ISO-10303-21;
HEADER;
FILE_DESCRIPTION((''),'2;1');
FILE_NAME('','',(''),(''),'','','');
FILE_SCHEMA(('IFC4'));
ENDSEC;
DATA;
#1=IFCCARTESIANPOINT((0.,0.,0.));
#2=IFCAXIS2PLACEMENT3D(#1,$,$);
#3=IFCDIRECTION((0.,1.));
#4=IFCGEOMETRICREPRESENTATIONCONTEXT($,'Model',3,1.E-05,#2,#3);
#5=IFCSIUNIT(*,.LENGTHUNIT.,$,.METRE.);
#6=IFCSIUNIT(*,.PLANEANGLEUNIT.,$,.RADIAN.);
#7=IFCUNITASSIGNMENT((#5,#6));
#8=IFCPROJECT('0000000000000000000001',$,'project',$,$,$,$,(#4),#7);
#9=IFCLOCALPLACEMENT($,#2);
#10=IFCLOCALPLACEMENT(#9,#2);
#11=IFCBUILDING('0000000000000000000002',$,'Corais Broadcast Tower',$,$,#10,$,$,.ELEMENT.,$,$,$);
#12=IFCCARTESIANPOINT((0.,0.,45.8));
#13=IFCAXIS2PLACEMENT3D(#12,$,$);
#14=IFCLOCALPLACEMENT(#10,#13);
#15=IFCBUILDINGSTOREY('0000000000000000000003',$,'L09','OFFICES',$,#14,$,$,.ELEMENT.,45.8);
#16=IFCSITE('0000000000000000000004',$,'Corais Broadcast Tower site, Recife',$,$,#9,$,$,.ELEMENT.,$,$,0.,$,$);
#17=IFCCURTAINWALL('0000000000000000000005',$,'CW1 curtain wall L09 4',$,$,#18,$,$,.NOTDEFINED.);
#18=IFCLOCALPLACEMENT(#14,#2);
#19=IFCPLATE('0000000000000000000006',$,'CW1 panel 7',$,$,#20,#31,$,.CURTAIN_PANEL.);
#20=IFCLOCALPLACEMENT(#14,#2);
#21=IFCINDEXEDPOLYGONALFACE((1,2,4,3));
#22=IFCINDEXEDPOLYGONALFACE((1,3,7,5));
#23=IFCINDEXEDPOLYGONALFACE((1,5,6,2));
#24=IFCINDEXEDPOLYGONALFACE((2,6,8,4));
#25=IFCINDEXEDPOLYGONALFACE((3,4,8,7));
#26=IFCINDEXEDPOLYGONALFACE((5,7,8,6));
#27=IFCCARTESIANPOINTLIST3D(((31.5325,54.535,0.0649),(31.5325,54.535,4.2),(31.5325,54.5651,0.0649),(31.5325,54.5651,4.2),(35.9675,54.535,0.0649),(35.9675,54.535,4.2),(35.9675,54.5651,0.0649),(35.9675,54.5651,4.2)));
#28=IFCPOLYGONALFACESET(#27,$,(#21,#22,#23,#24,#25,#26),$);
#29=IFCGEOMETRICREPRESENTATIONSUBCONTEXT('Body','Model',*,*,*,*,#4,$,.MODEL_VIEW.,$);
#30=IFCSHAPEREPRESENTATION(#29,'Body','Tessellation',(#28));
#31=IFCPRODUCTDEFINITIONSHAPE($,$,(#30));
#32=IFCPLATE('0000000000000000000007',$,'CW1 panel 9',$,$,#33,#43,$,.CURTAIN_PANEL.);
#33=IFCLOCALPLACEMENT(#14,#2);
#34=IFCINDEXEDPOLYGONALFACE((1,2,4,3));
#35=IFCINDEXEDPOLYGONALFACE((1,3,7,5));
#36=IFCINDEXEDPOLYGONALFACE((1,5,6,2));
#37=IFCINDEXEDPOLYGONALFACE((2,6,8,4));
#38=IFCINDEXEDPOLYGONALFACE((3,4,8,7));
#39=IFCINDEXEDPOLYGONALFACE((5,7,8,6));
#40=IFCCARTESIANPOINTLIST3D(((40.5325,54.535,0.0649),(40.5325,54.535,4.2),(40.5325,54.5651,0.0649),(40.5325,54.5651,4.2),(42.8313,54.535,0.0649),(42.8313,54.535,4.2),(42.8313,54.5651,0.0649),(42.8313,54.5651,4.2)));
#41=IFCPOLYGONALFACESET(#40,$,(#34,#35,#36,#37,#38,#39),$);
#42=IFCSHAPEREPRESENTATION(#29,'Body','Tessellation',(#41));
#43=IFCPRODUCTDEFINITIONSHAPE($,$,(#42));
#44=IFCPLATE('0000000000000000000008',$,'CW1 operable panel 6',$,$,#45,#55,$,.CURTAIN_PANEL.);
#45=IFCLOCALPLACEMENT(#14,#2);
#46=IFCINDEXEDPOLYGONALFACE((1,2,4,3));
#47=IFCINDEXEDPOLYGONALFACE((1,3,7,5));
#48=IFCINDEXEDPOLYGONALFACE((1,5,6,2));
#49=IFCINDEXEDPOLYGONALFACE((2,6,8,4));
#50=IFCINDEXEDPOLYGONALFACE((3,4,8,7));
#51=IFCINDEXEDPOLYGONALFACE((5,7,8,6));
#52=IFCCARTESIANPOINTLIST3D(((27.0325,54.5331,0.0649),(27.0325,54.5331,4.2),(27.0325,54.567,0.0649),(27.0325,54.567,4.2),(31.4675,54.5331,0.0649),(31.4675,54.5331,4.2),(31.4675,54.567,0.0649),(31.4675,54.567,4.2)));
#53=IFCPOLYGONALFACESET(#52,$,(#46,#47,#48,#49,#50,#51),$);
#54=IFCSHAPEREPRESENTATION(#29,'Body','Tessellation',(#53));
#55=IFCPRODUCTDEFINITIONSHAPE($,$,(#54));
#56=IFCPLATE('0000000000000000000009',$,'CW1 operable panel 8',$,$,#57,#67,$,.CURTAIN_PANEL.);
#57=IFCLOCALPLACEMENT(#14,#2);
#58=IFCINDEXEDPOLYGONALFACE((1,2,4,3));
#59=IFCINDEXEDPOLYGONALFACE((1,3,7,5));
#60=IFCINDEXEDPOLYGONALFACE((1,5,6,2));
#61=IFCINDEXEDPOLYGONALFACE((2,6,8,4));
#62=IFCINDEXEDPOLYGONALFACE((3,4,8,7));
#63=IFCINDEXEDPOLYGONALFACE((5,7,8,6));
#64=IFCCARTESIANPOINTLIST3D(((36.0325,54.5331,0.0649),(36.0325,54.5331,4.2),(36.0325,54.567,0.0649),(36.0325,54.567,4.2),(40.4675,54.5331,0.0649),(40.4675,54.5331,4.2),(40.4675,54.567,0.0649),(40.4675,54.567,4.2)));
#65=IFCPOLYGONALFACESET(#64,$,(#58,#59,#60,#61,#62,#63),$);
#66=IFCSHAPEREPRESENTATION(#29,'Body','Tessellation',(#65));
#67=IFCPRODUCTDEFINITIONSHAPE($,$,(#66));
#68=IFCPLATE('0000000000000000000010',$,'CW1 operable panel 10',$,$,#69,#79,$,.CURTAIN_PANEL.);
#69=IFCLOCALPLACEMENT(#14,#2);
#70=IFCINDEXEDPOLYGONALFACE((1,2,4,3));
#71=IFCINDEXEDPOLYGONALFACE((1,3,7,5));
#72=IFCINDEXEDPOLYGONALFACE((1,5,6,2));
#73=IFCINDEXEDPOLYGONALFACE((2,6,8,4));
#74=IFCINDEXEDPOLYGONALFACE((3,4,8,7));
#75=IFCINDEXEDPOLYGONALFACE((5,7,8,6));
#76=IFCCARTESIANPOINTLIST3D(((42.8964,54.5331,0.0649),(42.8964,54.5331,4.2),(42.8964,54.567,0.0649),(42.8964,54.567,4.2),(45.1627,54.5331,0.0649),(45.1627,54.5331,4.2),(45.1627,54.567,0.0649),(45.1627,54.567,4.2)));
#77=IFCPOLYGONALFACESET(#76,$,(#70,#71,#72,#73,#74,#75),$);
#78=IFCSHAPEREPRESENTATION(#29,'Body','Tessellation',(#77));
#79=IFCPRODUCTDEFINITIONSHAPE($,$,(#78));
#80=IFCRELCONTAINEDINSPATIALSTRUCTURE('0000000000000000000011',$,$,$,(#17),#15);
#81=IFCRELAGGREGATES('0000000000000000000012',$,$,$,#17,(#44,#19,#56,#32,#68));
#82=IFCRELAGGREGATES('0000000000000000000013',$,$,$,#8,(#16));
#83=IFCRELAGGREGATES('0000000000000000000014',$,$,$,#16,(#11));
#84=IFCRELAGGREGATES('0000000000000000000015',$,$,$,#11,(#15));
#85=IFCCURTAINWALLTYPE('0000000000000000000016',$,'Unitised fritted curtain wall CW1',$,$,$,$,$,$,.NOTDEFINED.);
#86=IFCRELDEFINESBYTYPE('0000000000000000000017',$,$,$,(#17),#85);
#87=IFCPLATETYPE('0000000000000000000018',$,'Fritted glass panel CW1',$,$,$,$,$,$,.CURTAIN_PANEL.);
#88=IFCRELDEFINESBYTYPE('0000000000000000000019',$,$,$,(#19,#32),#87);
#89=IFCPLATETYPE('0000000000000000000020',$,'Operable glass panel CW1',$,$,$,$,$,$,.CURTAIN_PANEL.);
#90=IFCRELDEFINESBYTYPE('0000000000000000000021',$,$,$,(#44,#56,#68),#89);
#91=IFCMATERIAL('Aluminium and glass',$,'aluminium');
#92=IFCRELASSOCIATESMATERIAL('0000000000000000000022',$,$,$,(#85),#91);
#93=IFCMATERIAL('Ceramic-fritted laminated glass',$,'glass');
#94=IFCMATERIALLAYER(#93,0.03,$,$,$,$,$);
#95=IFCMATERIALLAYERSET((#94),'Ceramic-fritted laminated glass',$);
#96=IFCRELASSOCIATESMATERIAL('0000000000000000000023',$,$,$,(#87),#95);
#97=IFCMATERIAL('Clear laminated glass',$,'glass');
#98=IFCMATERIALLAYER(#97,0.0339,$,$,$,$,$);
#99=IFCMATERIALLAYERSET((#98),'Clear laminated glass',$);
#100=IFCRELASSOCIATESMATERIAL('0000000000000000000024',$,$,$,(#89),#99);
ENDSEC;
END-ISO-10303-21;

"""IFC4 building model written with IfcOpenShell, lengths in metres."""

from ifc_helpers import new_model, si_unit, direction, frame, origin, origin_2d, place, context, subcontext, project, spatial, rectangle, extrude, material, layer, layer_set, type_object, element, aggregate, save


model = new_model("IFC4")

# Units and contexts
model_context = context("Model", 3, precision=1e-05, world=origin(), true_north=direction((0.0, 1.0)))
body_context = subcontext(model_context, "Body", "Model", "MODEL_VIEW")
ifc_project = project(units=[si_unit("LENGTHUNIT", "METRE"), si_unit("PLANEANGLEUNIT", "RADIAN")], contexts=[model_context])

# Site, building, storey
site_placement = place(None, origin())
site = spatial("IfcSite", under=ifc_project, at=site_placement, Name="Corais Broadcast Tower site, Recife", CompositionType="ELEMENT", RefElevation=0.0)
building_placement = place(site_placement, origin())
building = spatial("IfcBuilding", under=site, at=building_placement, Name="Corais Broadcast Tower", CompositionType="ELEMENT")
storey_placement = place(building_placement, frame((0.0, 0.0, 45.8)))
storey = spatial("IfcBuildingStorey", under=building, at=storey_placement, Name="L09", Description="OFFICES", CompositionType="ELEMENT", Elevation=45.8)

# Curtain wall
ifc_material_1 = material(Name="Aluminium and glass", Category="aluminium")
curtain_wall_type = type_object("IfcCurtainWallType", Name="Unitised fritted curtain wall CW1", PredefinedType="NOTDEFINED", material=ifc_material_1)
curtain_wall_placement = place(storey_placement, origin())
curtain_wall = element("IfcCurtainWall", 1, at=curtain_wall_placement, inside=storey, type_object=curtain_wall_type, Name="CW1 curtain wall L09 4", PredefinedType="NOTDEFINED")

# Plates
ifc_material_2 = material(Name="Ceramic-fritted laminated glass", Category="glass")
ifc_layer_1 = layer(ifc_material_2, 0.03)
ifc_layer_set_1 = layer_set([ifc_layer_1], Name="Ceramic-fritted laminated glass")
plate_type_1 = type_object("IfcPlateType", Name="Fritted glass panel CW1", PredefinedType="CURTAIN_PANEL", material=ifc_layer_set_1)
plate_1_placement = place(storey_placement, frame((33.75, 54.55, 0.0649), z_axis=(0.0, 0.0, 1.0), x_axis=(1.0, 0.0, 0.0)))
plate_1 = element("IfcPlate", 2, at=plate_1_placement, type_object=plate_type_1, Name="CW1 panel 7", PredefinedType="CURTAIN_PANEL", context=body_context, shape_type="SweptSolid", body=[
    extrude(rectangle(XDim=4.4351, YDim=0.03, at=origin_2d()), origin(), (0.0, 0.0, 1.0), 4.135),
])
plate_2_placement = place(storey_placement, frame((41.6819, 54.55, 0.0649), z_axis=(0.0, 0.0, 1.0), x_axis=(1.0, 0.0, 0.0)))
plate_2 = element("IfcPlate", 3, at=plate_2_placement, type_object=plate_type_1, Name="CW1 panel 9", PredefinedType="CURTAIN_PANEL", context=body_context, shape_type="SweptSolid", body=[
    extrude(rectangle(XDim=2.2988, YDim=0.03, at=origin_2d()), origin(), (0.0, 0.0, 1.0), 4.135),
])
ifc_material_3 = material(Name="Clear laminated glass", Category="glass")
ifc_layer_2 = layer(ifc_material_3, 0.0339)
ifc_layer_set_2 = layer_set([ifc_layer_2], Name="Clear laminated glass")
plate_type_2 = type_object("IfcPlateType", Name="Operable glass panel CW1", PredefinedType="CURTAIN_PANEL", material=ifc_layer_set_2)
plate_3_placement = place(storey_placement, frame((29.25, 54.55, 0.0649), z_axis=(0.0, 0.0, 1.0), x_axis=(1.0, 0.0, 0.0)))
plate_3 = element("IfcPlate", 4, at=plate_3_placement, type_object=plate_type_2, Name="CW1 operable panel 6", PredefinedType="CURTAIN_PANEL", context=body_context, shape_type="SweptSolid", body=[
    extrude(rectangle(XDim=4.4351, YDim=0.0339, at=origin_2d()), origin(), (0.0, 0.0, 1.0), 4.135),
])
plate_4_placement = place(storey_placement, frame((38.25, 54.55, 0.0649), z_axis=(0.0, 0.0, 1.0), x_axis=(1.0, 0.0, 0.0)))
plate_4 = element("IfcPlate", 5, at=plate_4_placement, type_object=plate_type_2, Name="CW1 operable panel 8", PredefinedType="CURTAIN_PANEL", context=body_context, shape_type="SweptSolid", body=[
    extrude(rectangle(XDim=4.4351, YDim=0.0339, at=origin_2d()), origin(), (0.0, 0.0, 1.0), 4.135),
])
plate_5_placement = place(storey_placement, frame((44.0295, 54.55, 0.0649), z_axis=(0.0, 0.0, 1.0), x_axis=(1.0, 0.0, 0.0)))
plate_5 = element("IfcPlate", 6, at=plate_5_placement, type_object=plate_type_2, Name="CW1 operable panel 10", PredefinedType="CURTAIN_PANEL", context=body_context, shape_type="SweptSolid", body=[
    extrude(rectangle(XDim=2.2664, YDim=0.0339, at=origin_2d()), origin(), (0.0, 0.0, 1.0), 4.135),
])
aggregate(curtain_wall, [plate_3, plate_1, plate_4, plate_2, plate_5])

save(model, "model.ifc")
